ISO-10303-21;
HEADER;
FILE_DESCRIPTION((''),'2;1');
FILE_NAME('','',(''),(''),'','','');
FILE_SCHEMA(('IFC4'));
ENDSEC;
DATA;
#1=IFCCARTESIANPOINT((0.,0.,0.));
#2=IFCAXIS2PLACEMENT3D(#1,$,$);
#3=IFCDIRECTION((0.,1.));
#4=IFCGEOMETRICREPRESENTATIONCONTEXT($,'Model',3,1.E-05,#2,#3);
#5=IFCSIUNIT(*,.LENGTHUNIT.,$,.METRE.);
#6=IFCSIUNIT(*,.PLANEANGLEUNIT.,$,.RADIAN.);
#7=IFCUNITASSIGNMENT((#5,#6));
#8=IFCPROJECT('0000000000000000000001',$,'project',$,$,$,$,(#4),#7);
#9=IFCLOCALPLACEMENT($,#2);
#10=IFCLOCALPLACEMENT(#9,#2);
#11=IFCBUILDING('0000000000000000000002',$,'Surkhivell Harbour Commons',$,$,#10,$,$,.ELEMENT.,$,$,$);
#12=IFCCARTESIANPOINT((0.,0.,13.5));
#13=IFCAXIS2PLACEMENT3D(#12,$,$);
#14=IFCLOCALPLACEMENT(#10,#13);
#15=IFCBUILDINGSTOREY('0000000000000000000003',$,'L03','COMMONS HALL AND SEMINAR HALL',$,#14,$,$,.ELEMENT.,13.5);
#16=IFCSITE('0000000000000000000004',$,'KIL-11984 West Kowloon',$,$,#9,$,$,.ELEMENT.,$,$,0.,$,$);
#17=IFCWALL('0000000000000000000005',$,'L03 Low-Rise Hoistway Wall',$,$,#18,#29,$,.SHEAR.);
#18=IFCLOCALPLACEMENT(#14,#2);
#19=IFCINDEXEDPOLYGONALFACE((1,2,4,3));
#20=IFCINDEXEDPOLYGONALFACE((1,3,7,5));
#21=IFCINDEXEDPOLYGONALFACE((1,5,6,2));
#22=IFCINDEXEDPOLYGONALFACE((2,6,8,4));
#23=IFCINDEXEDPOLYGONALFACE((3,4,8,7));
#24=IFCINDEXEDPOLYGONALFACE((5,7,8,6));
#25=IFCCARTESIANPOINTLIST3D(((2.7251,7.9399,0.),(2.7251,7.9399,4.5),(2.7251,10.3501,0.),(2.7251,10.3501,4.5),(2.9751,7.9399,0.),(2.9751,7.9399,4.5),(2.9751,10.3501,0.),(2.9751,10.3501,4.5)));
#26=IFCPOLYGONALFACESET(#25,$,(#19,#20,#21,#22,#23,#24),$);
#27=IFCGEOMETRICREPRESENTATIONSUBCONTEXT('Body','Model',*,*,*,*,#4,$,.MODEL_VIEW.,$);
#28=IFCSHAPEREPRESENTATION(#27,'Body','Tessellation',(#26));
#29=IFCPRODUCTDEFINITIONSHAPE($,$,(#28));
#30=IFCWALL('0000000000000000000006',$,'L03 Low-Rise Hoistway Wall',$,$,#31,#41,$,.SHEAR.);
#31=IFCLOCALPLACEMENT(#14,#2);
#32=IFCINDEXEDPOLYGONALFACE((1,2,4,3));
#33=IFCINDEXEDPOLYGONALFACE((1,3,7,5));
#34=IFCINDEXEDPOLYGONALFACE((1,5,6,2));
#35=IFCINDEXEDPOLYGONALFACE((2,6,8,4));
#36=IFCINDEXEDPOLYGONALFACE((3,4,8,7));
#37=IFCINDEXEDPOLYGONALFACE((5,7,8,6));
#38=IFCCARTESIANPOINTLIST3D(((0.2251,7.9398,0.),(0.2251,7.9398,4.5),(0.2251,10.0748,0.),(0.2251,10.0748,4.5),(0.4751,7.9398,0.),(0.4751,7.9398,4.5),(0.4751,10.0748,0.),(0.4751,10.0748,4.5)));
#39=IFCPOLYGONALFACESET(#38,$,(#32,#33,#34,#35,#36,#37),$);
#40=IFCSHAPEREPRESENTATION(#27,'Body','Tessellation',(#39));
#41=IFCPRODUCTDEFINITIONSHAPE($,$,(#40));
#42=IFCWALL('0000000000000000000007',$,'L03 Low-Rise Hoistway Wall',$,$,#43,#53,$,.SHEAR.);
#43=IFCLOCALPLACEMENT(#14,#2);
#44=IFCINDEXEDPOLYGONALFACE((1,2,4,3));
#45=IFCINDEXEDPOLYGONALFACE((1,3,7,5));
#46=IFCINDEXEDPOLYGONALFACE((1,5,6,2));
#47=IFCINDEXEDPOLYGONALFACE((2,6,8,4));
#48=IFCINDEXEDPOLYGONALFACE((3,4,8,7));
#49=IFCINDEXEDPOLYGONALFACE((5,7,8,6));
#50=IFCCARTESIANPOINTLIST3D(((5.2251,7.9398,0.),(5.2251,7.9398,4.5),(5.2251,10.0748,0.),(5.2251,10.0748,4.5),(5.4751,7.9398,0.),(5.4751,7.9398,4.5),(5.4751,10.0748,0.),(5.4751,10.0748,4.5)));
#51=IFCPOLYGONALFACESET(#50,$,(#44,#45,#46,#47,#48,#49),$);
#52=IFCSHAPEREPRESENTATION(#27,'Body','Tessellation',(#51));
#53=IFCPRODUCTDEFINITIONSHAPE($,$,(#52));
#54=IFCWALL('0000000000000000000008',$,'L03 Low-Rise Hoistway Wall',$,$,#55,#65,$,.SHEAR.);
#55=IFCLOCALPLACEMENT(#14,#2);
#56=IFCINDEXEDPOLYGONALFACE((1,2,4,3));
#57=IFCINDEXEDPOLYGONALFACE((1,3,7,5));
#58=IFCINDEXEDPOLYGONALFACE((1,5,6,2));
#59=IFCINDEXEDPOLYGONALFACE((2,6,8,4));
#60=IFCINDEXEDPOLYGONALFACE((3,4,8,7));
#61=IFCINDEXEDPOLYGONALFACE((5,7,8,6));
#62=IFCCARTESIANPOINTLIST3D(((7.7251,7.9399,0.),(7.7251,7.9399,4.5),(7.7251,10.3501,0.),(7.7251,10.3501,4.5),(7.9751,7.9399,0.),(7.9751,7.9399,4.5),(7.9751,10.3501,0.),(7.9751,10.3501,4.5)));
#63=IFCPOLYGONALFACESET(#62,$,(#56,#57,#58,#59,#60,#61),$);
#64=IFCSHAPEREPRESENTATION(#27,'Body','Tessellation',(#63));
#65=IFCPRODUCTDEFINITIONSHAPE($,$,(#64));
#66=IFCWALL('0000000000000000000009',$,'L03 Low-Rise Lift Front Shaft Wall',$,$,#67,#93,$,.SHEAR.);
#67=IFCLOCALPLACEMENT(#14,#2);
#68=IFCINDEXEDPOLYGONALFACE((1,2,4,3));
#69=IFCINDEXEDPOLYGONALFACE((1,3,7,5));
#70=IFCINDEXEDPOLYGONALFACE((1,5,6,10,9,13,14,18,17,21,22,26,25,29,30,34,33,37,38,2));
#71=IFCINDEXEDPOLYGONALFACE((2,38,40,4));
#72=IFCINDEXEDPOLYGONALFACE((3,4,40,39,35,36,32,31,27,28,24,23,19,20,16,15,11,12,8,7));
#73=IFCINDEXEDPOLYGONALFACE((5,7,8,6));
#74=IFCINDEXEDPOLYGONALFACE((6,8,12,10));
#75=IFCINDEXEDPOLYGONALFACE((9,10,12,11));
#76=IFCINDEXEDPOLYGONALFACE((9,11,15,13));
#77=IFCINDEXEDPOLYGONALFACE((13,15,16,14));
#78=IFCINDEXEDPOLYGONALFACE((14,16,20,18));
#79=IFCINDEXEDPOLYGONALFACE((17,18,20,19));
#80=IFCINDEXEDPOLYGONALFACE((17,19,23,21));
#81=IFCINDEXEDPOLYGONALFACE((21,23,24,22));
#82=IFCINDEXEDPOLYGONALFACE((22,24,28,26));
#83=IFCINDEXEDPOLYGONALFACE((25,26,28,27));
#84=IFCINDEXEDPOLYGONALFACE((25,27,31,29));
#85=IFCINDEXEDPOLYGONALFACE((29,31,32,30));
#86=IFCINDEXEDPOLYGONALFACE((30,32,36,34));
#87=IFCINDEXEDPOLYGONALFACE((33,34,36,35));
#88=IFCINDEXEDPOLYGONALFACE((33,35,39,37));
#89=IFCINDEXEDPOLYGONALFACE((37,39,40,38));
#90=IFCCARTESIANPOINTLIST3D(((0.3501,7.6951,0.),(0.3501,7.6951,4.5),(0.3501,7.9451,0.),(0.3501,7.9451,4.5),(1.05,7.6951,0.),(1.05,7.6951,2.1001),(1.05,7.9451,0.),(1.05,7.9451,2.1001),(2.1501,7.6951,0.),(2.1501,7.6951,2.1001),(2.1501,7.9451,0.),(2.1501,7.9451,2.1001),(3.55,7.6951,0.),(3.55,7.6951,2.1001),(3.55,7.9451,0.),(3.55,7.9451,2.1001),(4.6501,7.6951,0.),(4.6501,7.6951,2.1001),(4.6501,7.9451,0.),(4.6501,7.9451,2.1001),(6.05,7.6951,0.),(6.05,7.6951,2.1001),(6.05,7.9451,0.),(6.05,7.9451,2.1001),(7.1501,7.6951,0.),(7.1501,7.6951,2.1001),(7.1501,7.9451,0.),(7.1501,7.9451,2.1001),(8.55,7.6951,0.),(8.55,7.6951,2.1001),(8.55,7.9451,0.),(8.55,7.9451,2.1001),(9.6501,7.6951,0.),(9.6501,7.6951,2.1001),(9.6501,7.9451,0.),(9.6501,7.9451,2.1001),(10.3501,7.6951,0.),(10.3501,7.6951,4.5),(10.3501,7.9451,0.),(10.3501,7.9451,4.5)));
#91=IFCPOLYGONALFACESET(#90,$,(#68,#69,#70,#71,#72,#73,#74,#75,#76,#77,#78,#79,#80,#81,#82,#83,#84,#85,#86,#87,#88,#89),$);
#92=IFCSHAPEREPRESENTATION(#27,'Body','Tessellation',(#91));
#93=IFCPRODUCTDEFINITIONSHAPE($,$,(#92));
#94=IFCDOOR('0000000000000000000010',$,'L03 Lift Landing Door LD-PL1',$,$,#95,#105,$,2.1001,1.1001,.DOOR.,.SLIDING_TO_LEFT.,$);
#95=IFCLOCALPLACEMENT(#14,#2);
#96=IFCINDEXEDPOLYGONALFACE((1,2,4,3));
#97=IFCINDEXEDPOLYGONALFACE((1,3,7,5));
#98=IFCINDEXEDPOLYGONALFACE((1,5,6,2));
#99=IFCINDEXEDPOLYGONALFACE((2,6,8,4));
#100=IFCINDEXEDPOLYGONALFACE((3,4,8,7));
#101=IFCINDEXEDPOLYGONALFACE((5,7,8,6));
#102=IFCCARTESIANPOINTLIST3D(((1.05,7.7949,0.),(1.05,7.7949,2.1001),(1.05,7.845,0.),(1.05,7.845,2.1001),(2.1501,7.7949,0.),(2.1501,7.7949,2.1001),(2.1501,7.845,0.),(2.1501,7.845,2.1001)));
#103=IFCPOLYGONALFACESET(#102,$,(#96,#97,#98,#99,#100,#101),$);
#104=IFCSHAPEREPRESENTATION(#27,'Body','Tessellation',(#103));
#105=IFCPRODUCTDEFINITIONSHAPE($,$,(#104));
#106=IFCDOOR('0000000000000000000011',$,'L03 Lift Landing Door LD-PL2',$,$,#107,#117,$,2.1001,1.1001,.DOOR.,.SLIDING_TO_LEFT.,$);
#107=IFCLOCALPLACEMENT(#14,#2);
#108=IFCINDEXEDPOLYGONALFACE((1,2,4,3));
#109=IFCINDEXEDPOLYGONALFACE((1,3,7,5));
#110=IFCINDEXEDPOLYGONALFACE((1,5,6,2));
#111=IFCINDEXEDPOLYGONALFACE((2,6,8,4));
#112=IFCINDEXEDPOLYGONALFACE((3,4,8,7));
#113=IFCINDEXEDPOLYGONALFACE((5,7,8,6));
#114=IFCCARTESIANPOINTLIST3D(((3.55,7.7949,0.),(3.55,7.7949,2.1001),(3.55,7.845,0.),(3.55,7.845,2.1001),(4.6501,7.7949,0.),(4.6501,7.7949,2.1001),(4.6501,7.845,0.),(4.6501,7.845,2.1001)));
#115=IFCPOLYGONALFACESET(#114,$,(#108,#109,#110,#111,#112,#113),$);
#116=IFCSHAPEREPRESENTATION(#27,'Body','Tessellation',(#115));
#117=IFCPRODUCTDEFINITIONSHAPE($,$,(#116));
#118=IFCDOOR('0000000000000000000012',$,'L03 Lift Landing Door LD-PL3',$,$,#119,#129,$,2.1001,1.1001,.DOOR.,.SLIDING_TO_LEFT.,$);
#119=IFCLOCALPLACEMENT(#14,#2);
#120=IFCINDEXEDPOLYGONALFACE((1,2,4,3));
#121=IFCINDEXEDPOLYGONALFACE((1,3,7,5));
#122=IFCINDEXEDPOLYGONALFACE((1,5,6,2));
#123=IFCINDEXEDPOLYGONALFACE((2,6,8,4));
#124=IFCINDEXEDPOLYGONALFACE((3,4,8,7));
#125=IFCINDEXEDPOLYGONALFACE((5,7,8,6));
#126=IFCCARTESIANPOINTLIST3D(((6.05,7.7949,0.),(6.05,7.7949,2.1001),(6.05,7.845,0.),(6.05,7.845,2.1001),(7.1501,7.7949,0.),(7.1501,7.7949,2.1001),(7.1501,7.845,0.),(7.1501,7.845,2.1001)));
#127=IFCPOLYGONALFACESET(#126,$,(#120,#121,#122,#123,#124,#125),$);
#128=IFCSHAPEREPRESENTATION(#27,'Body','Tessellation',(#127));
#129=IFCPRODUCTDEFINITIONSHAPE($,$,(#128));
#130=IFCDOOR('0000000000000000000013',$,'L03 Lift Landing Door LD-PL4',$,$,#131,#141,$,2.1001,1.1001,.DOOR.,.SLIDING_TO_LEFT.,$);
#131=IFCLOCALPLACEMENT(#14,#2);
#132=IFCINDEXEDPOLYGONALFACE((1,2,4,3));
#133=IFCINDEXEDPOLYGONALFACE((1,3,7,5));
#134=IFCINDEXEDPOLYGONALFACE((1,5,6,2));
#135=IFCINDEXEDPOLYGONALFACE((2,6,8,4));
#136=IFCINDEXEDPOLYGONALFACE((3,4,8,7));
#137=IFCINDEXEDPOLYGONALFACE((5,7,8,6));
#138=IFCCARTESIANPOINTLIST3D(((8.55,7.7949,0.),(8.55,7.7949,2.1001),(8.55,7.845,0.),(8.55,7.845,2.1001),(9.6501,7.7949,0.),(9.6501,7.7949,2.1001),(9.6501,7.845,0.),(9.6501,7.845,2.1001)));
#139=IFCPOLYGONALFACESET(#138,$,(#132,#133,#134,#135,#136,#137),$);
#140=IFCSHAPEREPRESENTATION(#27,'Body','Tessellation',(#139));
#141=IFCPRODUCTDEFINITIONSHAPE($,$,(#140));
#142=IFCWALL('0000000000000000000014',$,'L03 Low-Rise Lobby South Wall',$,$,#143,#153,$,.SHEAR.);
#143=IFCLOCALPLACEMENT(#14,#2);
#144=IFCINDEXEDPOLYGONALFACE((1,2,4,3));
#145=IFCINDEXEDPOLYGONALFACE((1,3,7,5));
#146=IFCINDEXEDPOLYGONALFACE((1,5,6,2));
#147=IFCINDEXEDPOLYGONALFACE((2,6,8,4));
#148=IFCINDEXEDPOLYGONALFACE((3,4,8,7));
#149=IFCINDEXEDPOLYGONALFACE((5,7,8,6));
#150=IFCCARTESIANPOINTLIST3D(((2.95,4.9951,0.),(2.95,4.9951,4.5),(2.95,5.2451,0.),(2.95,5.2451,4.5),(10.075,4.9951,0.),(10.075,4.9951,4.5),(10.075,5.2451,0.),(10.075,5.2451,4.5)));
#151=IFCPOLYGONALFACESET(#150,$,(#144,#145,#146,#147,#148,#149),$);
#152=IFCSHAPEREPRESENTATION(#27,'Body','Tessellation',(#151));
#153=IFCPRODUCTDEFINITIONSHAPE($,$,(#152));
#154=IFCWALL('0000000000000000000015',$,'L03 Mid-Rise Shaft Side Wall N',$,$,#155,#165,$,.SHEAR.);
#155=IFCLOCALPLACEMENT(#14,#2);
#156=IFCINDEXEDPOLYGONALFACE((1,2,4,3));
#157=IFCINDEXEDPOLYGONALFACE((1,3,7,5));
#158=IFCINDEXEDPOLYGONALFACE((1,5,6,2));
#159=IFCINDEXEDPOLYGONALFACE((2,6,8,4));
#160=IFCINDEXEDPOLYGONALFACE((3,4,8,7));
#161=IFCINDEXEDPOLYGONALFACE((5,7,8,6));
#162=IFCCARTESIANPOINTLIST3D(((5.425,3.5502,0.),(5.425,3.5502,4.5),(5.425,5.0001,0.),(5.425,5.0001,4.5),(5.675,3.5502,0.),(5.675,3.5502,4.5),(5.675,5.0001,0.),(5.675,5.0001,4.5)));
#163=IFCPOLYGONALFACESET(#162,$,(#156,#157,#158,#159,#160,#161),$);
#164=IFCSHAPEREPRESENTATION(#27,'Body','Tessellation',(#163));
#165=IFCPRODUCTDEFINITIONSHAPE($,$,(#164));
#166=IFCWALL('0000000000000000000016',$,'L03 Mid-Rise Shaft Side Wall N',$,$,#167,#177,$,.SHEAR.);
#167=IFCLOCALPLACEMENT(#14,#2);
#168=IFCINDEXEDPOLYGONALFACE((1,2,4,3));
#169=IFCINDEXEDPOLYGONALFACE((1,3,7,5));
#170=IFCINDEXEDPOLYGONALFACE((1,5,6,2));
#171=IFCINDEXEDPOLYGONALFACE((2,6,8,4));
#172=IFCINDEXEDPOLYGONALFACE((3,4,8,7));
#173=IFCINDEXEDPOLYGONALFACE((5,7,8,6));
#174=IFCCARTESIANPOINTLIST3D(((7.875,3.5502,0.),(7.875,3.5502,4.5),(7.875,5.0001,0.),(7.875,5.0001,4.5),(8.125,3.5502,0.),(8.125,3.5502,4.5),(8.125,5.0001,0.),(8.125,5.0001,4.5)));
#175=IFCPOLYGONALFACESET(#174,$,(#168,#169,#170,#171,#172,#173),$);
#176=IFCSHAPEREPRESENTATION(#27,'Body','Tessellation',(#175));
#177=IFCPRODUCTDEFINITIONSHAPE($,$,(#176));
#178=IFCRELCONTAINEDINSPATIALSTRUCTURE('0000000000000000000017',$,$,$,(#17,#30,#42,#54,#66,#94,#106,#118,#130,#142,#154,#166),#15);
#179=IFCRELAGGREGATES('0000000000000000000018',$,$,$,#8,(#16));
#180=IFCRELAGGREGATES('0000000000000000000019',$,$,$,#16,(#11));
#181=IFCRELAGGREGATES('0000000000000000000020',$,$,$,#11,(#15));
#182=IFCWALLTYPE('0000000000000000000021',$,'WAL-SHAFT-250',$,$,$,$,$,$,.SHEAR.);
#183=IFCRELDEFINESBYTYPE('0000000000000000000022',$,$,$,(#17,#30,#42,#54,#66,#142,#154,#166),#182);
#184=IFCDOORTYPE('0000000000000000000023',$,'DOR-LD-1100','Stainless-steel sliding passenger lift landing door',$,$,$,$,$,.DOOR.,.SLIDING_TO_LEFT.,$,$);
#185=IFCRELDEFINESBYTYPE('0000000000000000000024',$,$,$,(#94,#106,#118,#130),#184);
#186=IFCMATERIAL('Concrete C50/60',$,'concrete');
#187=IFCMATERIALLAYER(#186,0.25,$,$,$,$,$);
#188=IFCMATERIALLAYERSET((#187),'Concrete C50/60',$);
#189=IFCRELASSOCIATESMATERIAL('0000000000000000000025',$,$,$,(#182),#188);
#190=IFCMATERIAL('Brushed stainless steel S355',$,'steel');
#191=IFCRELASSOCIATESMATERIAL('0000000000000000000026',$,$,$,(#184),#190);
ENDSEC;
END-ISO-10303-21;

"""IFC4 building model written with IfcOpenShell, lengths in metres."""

from ifc_helpers import new_model, si_unit, direction, frame, frame_2d, origin, place, context, subcontext, project, spatial, rectangle, extrude, material, layer, layer_set, type_object, element, fill, save


model = new_model("IFC4")

# Units and contexts
model_context = context("Model", 3, precision=1e-05, world=origin(), true_north=direction((0.0, 1.0)))
body_context = subcontext(model_context, "Body", "Model", "MODEL_VIEW")
ifc_project = project(units=[si_unit("LENGTHUNIT", "METRE"), si_unit("PLANEANGLEUNIT", "RADIAN")], contexts=[model_context])

# Site, building, storey
site_placement = place(None, origin())
site = spatial("IfcSite", under=ifc_project, at=site_placement, Name="KIL-11984 West Kowloon", CompositionType="ELEMENT", RefElevation=0.0)
building_placement = place(site_placement, origin())
building = spatial("IfcBuilding", under=site, at=building_placement, Name="Surkhivell Harbour Commons", CompositionType="ELEMENT")
storey_placement = place(building_placement, frame((0.0, 0.0, 13.5)))
storey = spatial("IfcBuildingStorey", under=building, at=storey_placement, Name="L03", Description="COMMONS HALL AND SEMINAR HALL", CompositionType="ELEMENT", Elevation=13.5)

# Walls
ifc_material_1 = material(Name="Concrete C50/60", Category="concrete")
ifc_layer_1 = layer(ifc_material_1, 0.25)
ifc_layer_set_1 = layer_set([ifc_layer_1], Name="Concrete C50/60")
wall_type_1 = type_object("IfcWallType", Name="WAL-SHAFT-250", PredefinedType="SHEAR", material=ifc_layer_set_1)
wall_1_placement = place(storey_placement, frame((2.8501, 7.9399, 0.0), z_axis=(0.0, 0.0, 1.0), x_axis=(0.0, 1.0, 0.0)))
element("IfcWall", 1, at=wall_1_placement, inside=storey, type_object=wall_type_1, Name="L03 Low-Rise Hoistway Wall", PredefinedType="SHEAR", context=body_context, shape_type="SweptSolid", body=[
    extrude(rectangle(XDim=2.4102, YDim=0.25, at=frame_2d((1.2051, 0.0))), origin(), (0.0, 0.0, 1.0), 4.5),
])
for number, where, z_axis, x_axis, name in (
    (2, (0.3501, 7.9399, 0.0), (0.0, 0.0, 1.0), (0.0, 1.0, 0.0), "L03 Low-Rise Hoistway Wall"),
    (3, (5.3501, 7.9399, 0.0), (0.0, 0.0, 1.0), (0.0, 1.0, 0.0), "L03 Low-Rise Hoistway Wall"),
):
    element("IfcWall", number, at=place(storey_placement, frame(where, z_axis=z_axis, x_axis=x_axis)), inside=storey, type_object=wall_type_1, Name=name, PredefinedType="SHEAR", context=body_context, shape_type="SweptSolid", body=[
        extrude(rectangle(XDim=2.135, YDim=0.25, at=frame_2d((1.0674, 0.0))), origin(), (0.0, 0.0, 1.0), 4.5),
    ])
wall_2_placement = place(storey_placement, frame((7.8501, 7.9399, 0.0), z_axis=(0.0, 0.0, 1.0), x_axis=(0.0, 1.0, 0.0)))
element("IfcWall", 4, at=wall_2_placement, inside=storey, type_object=wall_type_1, Name="L03 Low-Rise Hoistway Wall", PredefinedType="SHEAR", context=body_context, shape_type="SweptSolid", body=[
    extrude(rectangle(XDim=2.4102, YDim=0.25, at=frame_2d((1.2051, 0.0))), origin(), (0.0, 0.0, 1.0), 4.5),
])

# Wall, openings, doors
wall_3_placement = place(storey_placement, frame((0.3501, 7.8201, 0.0), z_axis=(0.0, 0.0, 1.0), x_axis=(1.0, 0.0, 0.0)))
wall_3 = element("IfcWall", 5, at=wall_3_placement, inside=storey, type_object=wall_type_1, Name="L03 Low-Rise Lift Front Shaft Wall", PredefinedType="SHEAR", context=body_context, shape_type="SweptSolid", body=[
    extrude(rectangle(XDim=10.0, YDim=0.25, at=frame_2d((5.0, 0.0))), origin(), (0.0, 0.0, 1.0), 4.5),
])
opening_1_placement = place(wall_3_placement, frame((0.7, 0.0, 0.0)))
opening_1 = element("IfcOpeningElement", 6, at=opening_1_placement, cuts=wall_3, PredefinedType="OPENING", context=body_context, shape_type="SweptSolid", body=[
    extrude(rectangle(XDim=1.1001, YDim=2.1001, at=frame_2d((0.55, 1.05))), frame((0.0, 0.135, 0.0), z_axis=(0.0, -1.0, 0.0), x_axis=(1.0, 0.0, 0.0)), (0.0, 0.0, 1.0), 0.27),
])
opening_2_placement = place(wall_3_placement, frame((3.2, 0.0, 0.0)))
opening_2 = element("IfcOpeningElement", 7, at=opening_2_placement, cuts=wall_3, PredefinedType="OPENING", context=body_context, shape_type="SweptSolid", body=[
    extrude(rectangle(XDim=1.1001, YDim=2.1001, at=frame_2d((0.55, 1.05))), frame((0.0, 0.135, 0.0), z_axis=(0.0, -1.0, 0.0), x_axis=(1.0, 0.0, 0.0)), (0.0, 0.0, 1.0), 0.27),
])
opening_3_placement = place(wall_3_placement, frame((5.7, 0.0, 0.0)))
opening_3 = element("IfcOpeningElement", 8, at=opening_3_placement, cuts=wall_3, PredefinedType="OPENING", context=body_context, shape_type="SweptSolid", body=[
    extrude(rectangle(XDim=1.1001, YDim=2.1001, at=frame_2d((0.55, 1.05))), frame((0.0, 0.135, 0.0), z_axis=(0.0, -1.0, 0.0), x_axis=(1.0, 0.0, 0.0)), (0.0, 0.0, 1.0), 0.27),
])
opening_4_placement = place(wall_3_placement, frame((8.2, 0.0, 0.0)))
opening_4 = element("IfcOpeningElement", 9, at=opening_4_placement, cuts=wall_3, PredefinedType="OPENING", context=body_context, shape_type="SweptSolid", body=[
    extrude(rectangle(XDim=1.1001, YDim=2.1001, at=frame_2d((0.55, 1.05))), frame((0.0, 0.135, 0.0), z_axis=(0.0, -1.0, 0.0), x_axis=(1.0, 0.0, 0.0)), (0.0, 0.0, 1.0), 0.27),
])
ifc_material_2 = material(Name="Brushed stainless steel S355", Category="steel")
door_type_1 = type_object("IfcDoorType", Name="DOR-LD-1100", Description="Stainless-steel sliding passenger lift landing door", OperationType="SLIDING_TO_LEFT", PredefinedType="DOOR", material=ifc_material_2)
door_1_placement = place(opening_1_placement, origin())
door_1 = element("IfcDoor", 10, at=door_1_placement, inside=storey, type_object=door_type_1, Name="L03 Lift Landing Door LD-PL1", OperationType="SLIDING_TO_LEFT", OverallHeight=2.1001, OverallWidth=1.1001, PredefinedType="DOOR", context=body_context, shape_type="SweptSolid", body=[
    extrude(rectangle(XDim=1.1001, YDim=2.1001, at=frame_2d((0.55, 1.05))), frame((0.0, 0.0249, 0.0), z_axis=(0.0, -1.0, 0.0), x_axis=(1.0, 0.0, 0.0)), (0.0, 0.0, 1.0), 0.05),
])
fill(opening_1, door_1)
door_2_placement = place(opening_2_placement, origin())
door_2 = element("IfcDoor", 11, at=door_2_placement, inside=storey, type_object=door_type_1, Name="L03 Lift Landing Door LD-PL2", OperationType="SLIDING_TO_LEFT", OverallHeight=2.1001, OverallWidth=1.1001, PredefinedType="DOOR", context=body_context, shape_type="SweptSolid", body=[
    extrude(rectangle(XDim=1.1001, YDim=2.1001, at=frame_2d((0.55, 1.05))), frame((0.0, 0.0249, 0.0), z_axis=(0.0, -1.0, 0.0), x_axis=(1.0, 0.0, 0.0)), (0.0, 0.0, 1.0), 0.05),
])
fill(opening_2, door_2)
door_3_placement = place(opening_3_placement, origin())
door_3 = element("IfcDoor", 12, at=door_3_placement, inside=storey, type_object=door_type_1, Name="L03 Lift Landing Door LD-PL3", OperationType="SLIDING_TO_LEFT", OverallHeight=2.1001, OverallWidth=1.1001, PredefinedType="DOOR", context=body_context, shape_type="SweptSolid", body=[
    extrude(rectangle(XDim=1.1001, YDim=2.1001, at=frame_2d((0.55, 1.05))), frame((0.0, 0.0249, 0.0), z_axis=(0.0, -1.0, 0.0), x_axis=(1.0, 0.0, 0.0)), (0.0, 0.0, 1.0), 0.05),
])
fill(opening_3, door_3)
door_4_placement = place(opening_4_placement, origin())
door_4 = element("IfcDoor", 13, at=door_4_placement, inside=storey, type_object=door_type_1, Name="L03 Lift Landing Door LD-PL4", OperationType="SLIDING_TO_LEFT", OverallHeight=2.1001, OverallWidth=1.1001, PredefinedType="DOOR", context=body_context, shape_type="SweptSolid", body=[
    extrude(rectangle(XDim=1.1001, YDim=2.1001, at=frame_2d((0.55, 1.05))), frame((0.0, 0.0249, 0.0), z_axis=(0.0, -1.0, 0.0), x_axis=(1.0, 0.0, 0.0)), (0.0, 0.0, 1.0), 0.05),
])
fill(opening_4, door_4)

# Walls
wall_4_placement = place(storey_placement, frame((2.95, 5.1201, 0.0), z_axis=(0.0, 0.0, 1.0), x_axis=(1.0, 0.0, 0.0)))
element("IfcWall", 14, at=wall_4_placement, inside=storey, type_object=wall_type_1, Name="L03 Low-Rise Lobby South Wall", PredefinedType="SHEAR", context=body_context, shape_type="SweptSolid", body=[
    extrude(rectangle(XDim=7.125, YDim=0.25, at=frame_2d((3.5625, 0.0))), origin(), (0.0, 0.0, 1.0), 4.5),
])
for number, where, z_axis, x_axis, name in (
    (15, (5.55, 3.55, 0.0), (0.0, 0.0, 1.0), (0.0, 1.0, 0.0), "L03 Mid-Rise Shaft Side Wall N"),
    (16, (8.0, 3.55, 0.0), (0.0, 0.0, 1.0), (0.0, 1.0, 0.0), "L03 Mid-Rise Shaft Side Wall N"),
):
    element("IfcWall", number, at=place(storey_placement, frame(where, z_axis=z_axis, x_axis=x_axis)), inside=storey, type_object=wall_type_1, Name=name, PredefinedType="SHEAR", context=body_context, shape_type="SweptSolid", body=[
        extrude(rectangle(XDim=1.45, YDim=0.25, at=frame_2d((0.7251, 0.0))), origin(), (0.0, 0.0, 1.0), 4.5),
    ])

save(model, "model.ifc")
